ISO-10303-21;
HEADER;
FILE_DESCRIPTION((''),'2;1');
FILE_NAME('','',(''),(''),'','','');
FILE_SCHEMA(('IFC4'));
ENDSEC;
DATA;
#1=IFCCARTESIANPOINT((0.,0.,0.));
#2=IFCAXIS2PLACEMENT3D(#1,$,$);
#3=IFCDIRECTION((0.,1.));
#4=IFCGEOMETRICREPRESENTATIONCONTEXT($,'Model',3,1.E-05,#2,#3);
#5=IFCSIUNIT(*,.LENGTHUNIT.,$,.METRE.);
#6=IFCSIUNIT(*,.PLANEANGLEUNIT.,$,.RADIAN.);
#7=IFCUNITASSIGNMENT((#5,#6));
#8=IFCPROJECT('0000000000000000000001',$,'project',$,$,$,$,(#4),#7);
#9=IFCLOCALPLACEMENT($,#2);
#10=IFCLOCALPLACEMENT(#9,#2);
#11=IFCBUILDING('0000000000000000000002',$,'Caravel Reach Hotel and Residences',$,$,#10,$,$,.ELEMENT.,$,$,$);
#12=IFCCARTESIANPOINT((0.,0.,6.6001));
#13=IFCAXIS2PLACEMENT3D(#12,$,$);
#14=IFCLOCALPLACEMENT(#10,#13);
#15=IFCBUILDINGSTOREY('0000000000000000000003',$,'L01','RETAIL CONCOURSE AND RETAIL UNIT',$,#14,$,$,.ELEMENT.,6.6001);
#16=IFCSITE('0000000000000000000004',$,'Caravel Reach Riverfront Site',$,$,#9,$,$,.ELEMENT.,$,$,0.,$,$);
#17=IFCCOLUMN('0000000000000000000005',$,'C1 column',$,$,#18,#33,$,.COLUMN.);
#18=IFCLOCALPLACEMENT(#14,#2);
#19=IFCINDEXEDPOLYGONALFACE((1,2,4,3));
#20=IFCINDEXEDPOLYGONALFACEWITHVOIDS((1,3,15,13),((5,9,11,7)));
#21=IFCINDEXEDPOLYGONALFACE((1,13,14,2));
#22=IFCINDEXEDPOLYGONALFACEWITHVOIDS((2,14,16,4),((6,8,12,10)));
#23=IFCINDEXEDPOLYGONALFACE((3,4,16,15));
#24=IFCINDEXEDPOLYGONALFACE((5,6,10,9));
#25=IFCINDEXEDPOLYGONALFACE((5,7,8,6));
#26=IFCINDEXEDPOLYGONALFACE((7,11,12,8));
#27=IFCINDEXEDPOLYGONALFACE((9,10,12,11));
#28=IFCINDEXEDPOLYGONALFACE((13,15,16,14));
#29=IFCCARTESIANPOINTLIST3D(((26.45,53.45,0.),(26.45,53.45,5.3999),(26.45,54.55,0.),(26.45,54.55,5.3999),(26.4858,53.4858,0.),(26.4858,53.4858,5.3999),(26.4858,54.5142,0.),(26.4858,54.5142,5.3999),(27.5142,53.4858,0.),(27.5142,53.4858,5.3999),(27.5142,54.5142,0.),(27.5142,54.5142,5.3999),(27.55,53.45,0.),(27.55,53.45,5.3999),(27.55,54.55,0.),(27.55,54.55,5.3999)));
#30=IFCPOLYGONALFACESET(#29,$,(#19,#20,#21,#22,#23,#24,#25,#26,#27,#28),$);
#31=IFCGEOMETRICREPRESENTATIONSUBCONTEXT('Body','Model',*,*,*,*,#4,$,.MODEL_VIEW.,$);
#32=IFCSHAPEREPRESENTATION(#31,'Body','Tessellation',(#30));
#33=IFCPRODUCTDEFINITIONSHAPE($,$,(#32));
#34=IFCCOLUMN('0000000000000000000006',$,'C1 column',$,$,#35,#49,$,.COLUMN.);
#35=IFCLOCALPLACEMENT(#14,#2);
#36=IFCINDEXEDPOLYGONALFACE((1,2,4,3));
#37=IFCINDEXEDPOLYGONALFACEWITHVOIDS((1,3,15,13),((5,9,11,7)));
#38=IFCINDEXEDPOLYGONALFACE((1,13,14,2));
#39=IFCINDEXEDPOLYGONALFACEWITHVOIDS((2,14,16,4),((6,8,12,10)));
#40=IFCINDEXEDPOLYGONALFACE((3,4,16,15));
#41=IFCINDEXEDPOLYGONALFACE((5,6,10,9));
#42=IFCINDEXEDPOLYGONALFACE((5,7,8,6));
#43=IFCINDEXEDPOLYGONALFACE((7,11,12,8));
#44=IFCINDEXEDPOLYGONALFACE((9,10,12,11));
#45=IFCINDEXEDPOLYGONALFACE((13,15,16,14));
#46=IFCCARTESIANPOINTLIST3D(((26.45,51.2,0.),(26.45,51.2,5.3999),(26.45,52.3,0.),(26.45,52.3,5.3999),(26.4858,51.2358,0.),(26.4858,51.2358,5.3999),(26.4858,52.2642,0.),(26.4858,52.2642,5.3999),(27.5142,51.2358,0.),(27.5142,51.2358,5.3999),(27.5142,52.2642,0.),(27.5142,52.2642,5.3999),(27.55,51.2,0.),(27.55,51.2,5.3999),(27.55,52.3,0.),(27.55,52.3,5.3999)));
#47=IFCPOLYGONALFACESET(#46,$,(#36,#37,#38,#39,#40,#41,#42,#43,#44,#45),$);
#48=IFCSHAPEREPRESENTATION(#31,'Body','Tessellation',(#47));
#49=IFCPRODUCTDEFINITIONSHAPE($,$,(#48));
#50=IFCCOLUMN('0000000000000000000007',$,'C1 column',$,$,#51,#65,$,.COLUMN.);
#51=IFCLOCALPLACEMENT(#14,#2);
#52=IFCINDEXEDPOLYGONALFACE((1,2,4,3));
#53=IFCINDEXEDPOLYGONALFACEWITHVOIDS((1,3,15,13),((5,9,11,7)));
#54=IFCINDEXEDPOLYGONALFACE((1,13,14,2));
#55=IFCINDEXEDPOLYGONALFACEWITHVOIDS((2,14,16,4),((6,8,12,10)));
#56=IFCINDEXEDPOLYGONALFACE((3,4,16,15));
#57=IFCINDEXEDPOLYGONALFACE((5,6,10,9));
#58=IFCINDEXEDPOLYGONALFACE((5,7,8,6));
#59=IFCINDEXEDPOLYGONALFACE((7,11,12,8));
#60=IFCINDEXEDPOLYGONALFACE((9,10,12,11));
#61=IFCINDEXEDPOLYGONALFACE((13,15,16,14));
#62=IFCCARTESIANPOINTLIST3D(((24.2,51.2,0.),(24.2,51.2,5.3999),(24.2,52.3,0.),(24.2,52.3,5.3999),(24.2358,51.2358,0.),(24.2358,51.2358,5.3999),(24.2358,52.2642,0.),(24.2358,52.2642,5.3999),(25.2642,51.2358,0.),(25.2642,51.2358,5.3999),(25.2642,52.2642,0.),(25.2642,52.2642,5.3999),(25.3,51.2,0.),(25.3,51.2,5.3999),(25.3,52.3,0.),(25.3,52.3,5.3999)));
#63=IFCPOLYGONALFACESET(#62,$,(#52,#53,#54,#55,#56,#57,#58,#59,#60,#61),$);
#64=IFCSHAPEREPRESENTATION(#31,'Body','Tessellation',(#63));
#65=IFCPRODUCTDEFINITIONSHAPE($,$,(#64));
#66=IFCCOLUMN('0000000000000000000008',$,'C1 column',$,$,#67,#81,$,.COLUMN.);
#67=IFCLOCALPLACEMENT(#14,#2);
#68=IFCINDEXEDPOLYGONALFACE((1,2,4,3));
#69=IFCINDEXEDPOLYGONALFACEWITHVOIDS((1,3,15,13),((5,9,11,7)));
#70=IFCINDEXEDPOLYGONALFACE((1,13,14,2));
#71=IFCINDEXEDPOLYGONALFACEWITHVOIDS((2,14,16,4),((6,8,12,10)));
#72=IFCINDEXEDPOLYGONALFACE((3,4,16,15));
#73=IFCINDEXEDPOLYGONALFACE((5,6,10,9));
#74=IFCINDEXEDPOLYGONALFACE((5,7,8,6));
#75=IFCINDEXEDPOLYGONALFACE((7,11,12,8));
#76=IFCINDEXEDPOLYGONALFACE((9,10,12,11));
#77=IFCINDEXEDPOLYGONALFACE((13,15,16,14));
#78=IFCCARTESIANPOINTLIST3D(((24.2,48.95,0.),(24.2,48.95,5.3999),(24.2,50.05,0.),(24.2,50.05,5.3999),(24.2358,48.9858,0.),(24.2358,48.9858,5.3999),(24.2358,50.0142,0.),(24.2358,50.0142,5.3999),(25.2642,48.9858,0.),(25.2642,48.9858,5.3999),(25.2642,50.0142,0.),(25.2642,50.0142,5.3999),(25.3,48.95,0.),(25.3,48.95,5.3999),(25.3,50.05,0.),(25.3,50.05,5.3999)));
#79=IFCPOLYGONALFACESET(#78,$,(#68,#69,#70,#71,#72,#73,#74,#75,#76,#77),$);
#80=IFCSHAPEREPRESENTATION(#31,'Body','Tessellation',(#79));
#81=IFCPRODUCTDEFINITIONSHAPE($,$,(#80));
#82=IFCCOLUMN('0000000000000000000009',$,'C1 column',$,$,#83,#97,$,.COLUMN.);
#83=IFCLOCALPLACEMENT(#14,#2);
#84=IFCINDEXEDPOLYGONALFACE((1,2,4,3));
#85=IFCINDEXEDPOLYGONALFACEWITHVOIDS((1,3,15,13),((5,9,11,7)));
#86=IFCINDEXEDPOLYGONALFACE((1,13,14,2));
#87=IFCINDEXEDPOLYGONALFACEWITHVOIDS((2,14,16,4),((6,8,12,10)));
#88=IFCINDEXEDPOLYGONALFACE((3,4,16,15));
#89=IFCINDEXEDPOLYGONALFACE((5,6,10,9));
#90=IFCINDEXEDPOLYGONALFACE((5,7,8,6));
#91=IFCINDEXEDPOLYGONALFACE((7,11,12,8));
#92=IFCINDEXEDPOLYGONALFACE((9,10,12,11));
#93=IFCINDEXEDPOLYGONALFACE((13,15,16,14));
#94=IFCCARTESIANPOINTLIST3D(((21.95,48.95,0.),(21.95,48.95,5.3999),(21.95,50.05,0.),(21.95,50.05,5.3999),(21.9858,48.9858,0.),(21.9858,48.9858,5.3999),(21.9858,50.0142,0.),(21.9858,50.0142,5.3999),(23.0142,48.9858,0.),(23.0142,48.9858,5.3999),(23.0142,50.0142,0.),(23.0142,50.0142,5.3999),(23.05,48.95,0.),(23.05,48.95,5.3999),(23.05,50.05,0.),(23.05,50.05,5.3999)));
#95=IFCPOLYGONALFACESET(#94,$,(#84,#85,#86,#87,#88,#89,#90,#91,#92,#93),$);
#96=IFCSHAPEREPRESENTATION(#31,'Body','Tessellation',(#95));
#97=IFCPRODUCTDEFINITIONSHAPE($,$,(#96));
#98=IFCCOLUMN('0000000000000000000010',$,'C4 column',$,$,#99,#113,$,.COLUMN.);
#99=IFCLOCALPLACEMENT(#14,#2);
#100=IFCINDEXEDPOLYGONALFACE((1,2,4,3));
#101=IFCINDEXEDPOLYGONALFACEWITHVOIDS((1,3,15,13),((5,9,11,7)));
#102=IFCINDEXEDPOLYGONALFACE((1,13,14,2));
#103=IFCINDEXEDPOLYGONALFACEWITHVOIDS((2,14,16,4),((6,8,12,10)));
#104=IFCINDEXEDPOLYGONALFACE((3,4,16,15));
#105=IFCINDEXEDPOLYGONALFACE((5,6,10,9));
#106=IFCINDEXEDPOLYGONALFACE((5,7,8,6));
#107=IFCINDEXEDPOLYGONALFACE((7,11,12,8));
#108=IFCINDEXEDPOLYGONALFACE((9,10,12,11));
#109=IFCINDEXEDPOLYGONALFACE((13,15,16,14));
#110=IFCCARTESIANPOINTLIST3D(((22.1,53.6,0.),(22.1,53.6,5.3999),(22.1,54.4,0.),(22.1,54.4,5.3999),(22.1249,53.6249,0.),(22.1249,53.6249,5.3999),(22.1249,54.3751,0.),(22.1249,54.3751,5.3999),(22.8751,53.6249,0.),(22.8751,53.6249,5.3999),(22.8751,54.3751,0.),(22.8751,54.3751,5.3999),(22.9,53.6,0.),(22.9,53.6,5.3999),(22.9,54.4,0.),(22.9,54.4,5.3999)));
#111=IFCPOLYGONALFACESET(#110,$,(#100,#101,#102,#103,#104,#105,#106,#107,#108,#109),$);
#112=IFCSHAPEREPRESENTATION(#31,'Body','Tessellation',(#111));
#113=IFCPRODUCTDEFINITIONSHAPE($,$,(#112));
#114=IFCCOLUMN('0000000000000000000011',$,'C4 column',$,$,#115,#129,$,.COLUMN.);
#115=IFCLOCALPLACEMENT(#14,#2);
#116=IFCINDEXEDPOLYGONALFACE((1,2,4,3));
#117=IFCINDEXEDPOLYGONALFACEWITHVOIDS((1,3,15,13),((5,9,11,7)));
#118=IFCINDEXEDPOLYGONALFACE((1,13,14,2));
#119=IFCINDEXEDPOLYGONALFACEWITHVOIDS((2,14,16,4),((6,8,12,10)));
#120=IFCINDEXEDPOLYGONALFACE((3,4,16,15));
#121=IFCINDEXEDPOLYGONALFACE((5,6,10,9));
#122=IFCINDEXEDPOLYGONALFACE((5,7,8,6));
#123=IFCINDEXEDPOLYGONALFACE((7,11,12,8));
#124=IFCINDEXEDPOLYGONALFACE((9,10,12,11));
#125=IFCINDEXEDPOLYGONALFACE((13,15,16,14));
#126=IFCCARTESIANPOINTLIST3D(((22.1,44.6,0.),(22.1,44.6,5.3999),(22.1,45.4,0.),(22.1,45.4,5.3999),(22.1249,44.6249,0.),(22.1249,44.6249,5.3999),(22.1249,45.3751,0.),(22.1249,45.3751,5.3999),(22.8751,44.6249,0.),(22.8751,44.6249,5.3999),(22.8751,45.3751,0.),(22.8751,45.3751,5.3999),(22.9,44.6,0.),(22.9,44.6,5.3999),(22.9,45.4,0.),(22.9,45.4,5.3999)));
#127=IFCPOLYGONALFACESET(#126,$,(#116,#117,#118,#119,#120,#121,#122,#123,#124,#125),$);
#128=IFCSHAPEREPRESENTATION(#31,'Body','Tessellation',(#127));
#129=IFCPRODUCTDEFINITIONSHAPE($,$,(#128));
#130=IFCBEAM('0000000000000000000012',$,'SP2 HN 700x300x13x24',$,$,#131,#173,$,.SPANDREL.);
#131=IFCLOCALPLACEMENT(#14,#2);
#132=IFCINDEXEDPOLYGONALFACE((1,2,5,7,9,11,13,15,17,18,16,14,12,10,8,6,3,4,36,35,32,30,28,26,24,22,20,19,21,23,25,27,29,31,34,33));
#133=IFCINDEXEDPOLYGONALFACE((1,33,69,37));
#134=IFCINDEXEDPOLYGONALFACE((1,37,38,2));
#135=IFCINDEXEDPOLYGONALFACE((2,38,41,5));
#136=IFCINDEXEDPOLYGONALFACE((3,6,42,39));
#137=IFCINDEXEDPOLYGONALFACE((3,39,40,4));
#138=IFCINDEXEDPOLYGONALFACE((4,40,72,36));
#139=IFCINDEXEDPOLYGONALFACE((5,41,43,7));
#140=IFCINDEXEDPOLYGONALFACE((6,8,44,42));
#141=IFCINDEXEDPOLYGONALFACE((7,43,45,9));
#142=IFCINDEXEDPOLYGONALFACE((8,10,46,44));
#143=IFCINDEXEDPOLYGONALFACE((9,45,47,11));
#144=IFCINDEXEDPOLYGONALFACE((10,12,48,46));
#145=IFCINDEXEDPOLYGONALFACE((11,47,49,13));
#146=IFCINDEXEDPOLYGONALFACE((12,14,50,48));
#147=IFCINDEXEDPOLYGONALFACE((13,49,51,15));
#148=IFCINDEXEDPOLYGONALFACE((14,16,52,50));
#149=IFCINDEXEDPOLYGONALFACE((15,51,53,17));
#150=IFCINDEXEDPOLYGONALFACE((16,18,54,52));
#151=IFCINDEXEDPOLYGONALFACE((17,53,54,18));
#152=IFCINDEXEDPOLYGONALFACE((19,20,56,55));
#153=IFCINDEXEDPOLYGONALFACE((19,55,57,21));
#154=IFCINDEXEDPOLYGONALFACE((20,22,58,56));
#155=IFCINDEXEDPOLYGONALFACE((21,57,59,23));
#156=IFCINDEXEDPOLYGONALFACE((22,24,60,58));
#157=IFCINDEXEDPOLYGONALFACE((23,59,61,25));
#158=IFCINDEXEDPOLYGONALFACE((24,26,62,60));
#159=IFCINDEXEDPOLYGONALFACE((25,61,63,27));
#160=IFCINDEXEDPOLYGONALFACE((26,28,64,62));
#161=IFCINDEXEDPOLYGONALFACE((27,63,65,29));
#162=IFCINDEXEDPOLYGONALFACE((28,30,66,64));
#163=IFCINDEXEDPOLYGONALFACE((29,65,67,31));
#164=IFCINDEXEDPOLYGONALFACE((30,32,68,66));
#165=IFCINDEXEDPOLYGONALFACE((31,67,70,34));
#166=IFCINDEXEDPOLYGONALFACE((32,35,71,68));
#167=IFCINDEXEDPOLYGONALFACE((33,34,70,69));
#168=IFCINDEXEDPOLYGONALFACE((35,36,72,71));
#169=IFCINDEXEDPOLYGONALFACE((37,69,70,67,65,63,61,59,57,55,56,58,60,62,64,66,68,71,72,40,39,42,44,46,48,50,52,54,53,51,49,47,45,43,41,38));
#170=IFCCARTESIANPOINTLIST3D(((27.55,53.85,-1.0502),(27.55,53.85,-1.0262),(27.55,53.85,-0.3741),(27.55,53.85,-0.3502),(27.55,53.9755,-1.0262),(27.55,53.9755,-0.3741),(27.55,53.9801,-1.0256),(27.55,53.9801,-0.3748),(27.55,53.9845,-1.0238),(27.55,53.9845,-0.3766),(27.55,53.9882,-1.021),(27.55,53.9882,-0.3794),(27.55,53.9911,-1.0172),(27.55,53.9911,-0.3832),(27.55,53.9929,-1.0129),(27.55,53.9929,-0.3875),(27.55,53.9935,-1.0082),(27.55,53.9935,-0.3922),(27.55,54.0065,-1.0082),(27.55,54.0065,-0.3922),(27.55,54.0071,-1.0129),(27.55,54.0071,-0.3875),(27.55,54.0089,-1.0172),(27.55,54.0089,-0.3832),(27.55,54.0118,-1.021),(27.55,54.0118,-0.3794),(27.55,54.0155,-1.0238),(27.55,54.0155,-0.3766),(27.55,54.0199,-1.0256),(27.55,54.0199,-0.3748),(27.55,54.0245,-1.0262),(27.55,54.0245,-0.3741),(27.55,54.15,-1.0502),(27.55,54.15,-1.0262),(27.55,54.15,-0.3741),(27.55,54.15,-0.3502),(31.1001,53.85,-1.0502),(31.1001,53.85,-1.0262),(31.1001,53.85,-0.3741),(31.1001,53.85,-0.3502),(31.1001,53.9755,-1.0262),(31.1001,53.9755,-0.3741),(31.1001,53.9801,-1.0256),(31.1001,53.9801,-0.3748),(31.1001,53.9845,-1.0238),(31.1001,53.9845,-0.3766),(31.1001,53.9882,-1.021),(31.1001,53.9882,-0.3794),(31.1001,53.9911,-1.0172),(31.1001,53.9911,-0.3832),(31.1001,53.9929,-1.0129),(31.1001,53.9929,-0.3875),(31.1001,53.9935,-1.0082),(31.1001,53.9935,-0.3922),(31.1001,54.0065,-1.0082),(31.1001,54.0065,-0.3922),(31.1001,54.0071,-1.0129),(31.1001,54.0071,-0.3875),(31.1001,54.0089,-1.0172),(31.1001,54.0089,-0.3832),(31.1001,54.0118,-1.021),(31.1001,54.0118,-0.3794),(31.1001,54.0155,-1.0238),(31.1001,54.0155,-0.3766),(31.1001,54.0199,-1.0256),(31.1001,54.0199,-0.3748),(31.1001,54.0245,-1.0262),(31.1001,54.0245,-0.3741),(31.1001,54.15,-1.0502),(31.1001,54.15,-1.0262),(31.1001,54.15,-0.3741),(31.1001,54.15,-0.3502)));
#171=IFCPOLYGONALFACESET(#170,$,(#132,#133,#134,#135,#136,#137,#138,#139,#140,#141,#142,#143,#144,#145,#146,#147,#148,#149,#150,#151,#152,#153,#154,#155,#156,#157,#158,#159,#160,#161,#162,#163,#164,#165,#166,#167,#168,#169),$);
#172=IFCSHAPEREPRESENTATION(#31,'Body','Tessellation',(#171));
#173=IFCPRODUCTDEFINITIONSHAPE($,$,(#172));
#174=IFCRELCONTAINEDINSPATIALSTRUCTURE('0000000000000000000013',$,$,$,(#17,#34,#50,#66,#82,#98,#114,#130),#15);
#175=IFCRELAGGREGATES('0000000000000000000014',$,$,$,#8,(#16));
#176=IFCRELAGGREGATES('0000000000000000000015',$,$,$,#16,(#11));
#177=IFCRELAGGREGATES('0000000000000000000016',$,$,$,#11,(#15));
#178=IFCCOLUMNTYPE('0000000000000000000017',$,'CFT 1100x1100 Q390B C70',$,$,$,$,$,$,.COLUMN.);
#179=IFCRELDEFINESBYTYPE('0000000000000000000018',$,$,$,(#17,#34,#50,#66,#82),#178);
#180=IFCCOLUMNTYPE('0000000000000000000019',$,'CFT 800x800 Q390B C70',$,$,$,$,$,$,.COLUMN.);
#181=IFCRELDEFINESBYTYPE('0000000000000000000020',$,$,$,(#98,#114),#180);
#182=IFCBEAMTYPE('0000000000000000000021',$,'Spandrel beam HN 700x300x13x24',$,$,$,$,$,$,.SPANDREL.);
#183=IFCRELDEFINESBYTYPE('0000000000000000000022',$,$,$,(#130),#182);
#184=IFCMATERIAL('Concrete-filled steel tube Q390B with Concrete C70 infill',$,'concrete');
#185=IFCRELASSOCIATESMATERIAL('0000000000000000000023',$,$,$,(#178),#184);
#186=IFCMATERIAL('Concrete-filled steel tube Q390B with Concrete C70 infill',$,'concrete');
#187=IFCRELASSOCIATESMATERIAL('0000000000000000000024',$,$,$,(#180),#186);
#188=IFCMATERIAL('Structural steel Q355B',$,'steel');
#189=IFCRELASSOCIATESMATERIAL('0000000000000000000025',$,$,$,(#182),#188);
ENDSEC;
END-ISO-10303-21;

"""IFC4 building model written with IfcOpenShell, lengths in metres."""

from ifc_helpers import new_model, si_unit, direction, frame, origin, origin_2d, place, context, subcontext, project, spatial, hollow_rectangle, i_section, extrude, material, material_profile, profile_set, type_object, element, save


model = new_model("IFC4")

# Units and contexts
model_context = context("Model", 3, precision=1e-05, world=origin(), true_north=direction((0.0, 1.0)))
body_context = subcontext(model_context, "Body", "Model", "MODEL_VIEW")
ifc_project = project(units=[si_unit("LENGTHUNIT", "METRE"), si_unit("PLANEANGLEUNIT", "RADIAN")], contexts=[model_context])

# Site, building, storey
site_placement = place(None, origin())
site = spatial("IfcSite", under=ifc_project, at=site_placement, Name="Caravel Reach Riverfront Site", CompositionType="ELEMENT", RefElevation=0.0)
building_placement = place(site_placement, origin())
building = spatial("IfcBuilding", under=site, at=building_placement, Name="Caravel Reach Hotel and Residences", CompositionType="ELEMENT")
storey_placement = place(building_placement, frame((0.0, 0.0, 6.6001)))
storey = spatial("IfcBuildingStorey", under=building, at=storey_placement, Name="L01", Description="RETAIL CONCOURSE AND RETAIL UNIT", CompositionType="ELEMENT", Elevation=6.6001)

# Columns
ifc_material_1 = material(Name="Concrete-filled steel tube Q390B with Concrete C70 infill", Category="concrete")
ifc_material_profile_1 = material_profile(ifc_material_1, hollow_rectangle(XDim=1.1001, YDim=1.1001, WallThickness=0.0359, at=origin_2d()), Name="RHS 1100x1100x36")
ifc_profile_set_1 = profile_set([ifc_material_profile_1], Name="Concrete-filled steel tube Q390B with Concrete C70 infill")
column_type_1 = type_object("IfcColumnType", Name="CFT 1100x1100 Q390B C70", PredefinedType="COLUMN", material=ifc_profile_set_1)
for number, where, z_axis, x_axis, name in (
    (1, (27.0, 54.0, 0.0), (0.0, 0.0, 1.0), (1.0, 0.0, 0.0), "C1 column"),
    (2, (27.0, 51.75, 0.0), (0.0, 0.0, 1.0), (1.0, 0.0, 0.0), "C1 column"),
    (3, (24.75, 51.75, 0.0), (0.0, 0.0, 1.0), (1.0, 0.0, 0.0), "C1 column"),
    (4, (24.75, 49.5, 0.0), (0.0, 0.0, 1.0), (1.0, 0.0, 0.0), "C1 column"),
    (5, (22.5, 49.5, 0.0), (0.0, 0.0, 1.0), (1.0, 0.0, 0.0), "C1 column"),
):
    element("IfcColumn", number, at=place(storey_placement, frame(where, z_axis=z_axis, x_axis=x_axis)), inside=storey, type_object=column_type_1, Name=name, PredefinedType="COLUMN", context=body_context, shape_type="SweptSolid", body=[
        extrude(hollow_rectangle(XDim=1.1001, YDim=1.1001, WallThickness=0.0359, at=origin_2d()), origin(), (0.0, 0.0, 1.0), 5.3999),
    ])
ifc_material_2 = material(Name="Concrete-filled steel tube Q390B with Concrete C70 infill", Category="concrete")
ifc_material_profile_2 = material_profile(ifc_material_2, hollow_rectangle(XDim=0.8, YDim=0.8, WallThickness=0.0249, at=origin_2d()), Name="RHS 800x800x25")
ifc_profile_set_2 = profile_set([ifc_material_profile_2], Name="Concrete-filled steel tube Q390B with Concrete C70 infill")
column_type_2 = type_object("IfcColumnType", Name="CFT 800x800 Q390B C70", PredefinedType="COLUMN", material=ifc_profile_set_2)
for number, where, z_axis, x_axis, name in (
    (6, (22.5, 54.0, 0.0), (0.0, 0.0, 1.0), (1.0, 0.0, 0.0), "C4 column"),
    (7, (22.5, 45.0, 0.0), (0.0, 0.0, 1.0), (1.0, 0.0, 0.0), "C4 column"),
):
    element("IfcColumn", number, at=place(storey_placement, frame(where, z_axis=z_axis, x_axis=x_axis)), inside=storey, type_object=column_type_2, Name=name, PredefinedType="COLUMN", context=body_context, shape_type="SweptSolid", body=[
        extrude(hollow_rectangle(XDim=0.8, YDim=0.8, WallThickness=0.0249, at=origin_2d()), origin(), (0.0, 0.0, 1.0), 5.3999),
    ])

# Beam
ifc_material_3 = material(Name="Structural steel Q355B", Category="steel")
ifc_material_profile_3 = material_profile(ifc_material_3, i_section(OverallWidth=0.3, OverallDepth=0.7, WebThickness=0.0129, FlangeThickness=0.0239, FilletRadius=0.0181, at=origin_2d()), Name="HN 700x300x13x24")
ifc_profile_set_3 = profile_set([ifc_material_profile_3], Name="Structural steel Q355B")
beam_type = type_object("IfcBeamType", Name="Spandrel beam HN 700x300x13x24", PredefinedType="SPANDREL", material=ifc_profile_set_3)
for number, where, z_axis, x_axis, name in (
    (8, (31.1001, 54.0, -0.7002), (-1.0, 0.0, 0.0), (0.0, -1.0, 0.0), "SP2 HN 700x300x13x24"),
):
    element("IfcBeam", number, at=place(storey_placement, frame(where, z_axis=z_axis, x_axis=x_axis)), inside=storey, type_object=beam_type, Name=name, PredefinedType="SPANDREL", context=body_context, shape_type="SweptSolid", body=[
        extrude(i_section(OverallWidth=0.3, OverallDepth=0.7, WebThickness=0.0129, FlangeThickness=0.0239, FilletRadius=0.0181, at=origin_2d()), origin(), (0.0, 0.0, 1.0), 3.55),
    ])

save(model, "model.ifc")
